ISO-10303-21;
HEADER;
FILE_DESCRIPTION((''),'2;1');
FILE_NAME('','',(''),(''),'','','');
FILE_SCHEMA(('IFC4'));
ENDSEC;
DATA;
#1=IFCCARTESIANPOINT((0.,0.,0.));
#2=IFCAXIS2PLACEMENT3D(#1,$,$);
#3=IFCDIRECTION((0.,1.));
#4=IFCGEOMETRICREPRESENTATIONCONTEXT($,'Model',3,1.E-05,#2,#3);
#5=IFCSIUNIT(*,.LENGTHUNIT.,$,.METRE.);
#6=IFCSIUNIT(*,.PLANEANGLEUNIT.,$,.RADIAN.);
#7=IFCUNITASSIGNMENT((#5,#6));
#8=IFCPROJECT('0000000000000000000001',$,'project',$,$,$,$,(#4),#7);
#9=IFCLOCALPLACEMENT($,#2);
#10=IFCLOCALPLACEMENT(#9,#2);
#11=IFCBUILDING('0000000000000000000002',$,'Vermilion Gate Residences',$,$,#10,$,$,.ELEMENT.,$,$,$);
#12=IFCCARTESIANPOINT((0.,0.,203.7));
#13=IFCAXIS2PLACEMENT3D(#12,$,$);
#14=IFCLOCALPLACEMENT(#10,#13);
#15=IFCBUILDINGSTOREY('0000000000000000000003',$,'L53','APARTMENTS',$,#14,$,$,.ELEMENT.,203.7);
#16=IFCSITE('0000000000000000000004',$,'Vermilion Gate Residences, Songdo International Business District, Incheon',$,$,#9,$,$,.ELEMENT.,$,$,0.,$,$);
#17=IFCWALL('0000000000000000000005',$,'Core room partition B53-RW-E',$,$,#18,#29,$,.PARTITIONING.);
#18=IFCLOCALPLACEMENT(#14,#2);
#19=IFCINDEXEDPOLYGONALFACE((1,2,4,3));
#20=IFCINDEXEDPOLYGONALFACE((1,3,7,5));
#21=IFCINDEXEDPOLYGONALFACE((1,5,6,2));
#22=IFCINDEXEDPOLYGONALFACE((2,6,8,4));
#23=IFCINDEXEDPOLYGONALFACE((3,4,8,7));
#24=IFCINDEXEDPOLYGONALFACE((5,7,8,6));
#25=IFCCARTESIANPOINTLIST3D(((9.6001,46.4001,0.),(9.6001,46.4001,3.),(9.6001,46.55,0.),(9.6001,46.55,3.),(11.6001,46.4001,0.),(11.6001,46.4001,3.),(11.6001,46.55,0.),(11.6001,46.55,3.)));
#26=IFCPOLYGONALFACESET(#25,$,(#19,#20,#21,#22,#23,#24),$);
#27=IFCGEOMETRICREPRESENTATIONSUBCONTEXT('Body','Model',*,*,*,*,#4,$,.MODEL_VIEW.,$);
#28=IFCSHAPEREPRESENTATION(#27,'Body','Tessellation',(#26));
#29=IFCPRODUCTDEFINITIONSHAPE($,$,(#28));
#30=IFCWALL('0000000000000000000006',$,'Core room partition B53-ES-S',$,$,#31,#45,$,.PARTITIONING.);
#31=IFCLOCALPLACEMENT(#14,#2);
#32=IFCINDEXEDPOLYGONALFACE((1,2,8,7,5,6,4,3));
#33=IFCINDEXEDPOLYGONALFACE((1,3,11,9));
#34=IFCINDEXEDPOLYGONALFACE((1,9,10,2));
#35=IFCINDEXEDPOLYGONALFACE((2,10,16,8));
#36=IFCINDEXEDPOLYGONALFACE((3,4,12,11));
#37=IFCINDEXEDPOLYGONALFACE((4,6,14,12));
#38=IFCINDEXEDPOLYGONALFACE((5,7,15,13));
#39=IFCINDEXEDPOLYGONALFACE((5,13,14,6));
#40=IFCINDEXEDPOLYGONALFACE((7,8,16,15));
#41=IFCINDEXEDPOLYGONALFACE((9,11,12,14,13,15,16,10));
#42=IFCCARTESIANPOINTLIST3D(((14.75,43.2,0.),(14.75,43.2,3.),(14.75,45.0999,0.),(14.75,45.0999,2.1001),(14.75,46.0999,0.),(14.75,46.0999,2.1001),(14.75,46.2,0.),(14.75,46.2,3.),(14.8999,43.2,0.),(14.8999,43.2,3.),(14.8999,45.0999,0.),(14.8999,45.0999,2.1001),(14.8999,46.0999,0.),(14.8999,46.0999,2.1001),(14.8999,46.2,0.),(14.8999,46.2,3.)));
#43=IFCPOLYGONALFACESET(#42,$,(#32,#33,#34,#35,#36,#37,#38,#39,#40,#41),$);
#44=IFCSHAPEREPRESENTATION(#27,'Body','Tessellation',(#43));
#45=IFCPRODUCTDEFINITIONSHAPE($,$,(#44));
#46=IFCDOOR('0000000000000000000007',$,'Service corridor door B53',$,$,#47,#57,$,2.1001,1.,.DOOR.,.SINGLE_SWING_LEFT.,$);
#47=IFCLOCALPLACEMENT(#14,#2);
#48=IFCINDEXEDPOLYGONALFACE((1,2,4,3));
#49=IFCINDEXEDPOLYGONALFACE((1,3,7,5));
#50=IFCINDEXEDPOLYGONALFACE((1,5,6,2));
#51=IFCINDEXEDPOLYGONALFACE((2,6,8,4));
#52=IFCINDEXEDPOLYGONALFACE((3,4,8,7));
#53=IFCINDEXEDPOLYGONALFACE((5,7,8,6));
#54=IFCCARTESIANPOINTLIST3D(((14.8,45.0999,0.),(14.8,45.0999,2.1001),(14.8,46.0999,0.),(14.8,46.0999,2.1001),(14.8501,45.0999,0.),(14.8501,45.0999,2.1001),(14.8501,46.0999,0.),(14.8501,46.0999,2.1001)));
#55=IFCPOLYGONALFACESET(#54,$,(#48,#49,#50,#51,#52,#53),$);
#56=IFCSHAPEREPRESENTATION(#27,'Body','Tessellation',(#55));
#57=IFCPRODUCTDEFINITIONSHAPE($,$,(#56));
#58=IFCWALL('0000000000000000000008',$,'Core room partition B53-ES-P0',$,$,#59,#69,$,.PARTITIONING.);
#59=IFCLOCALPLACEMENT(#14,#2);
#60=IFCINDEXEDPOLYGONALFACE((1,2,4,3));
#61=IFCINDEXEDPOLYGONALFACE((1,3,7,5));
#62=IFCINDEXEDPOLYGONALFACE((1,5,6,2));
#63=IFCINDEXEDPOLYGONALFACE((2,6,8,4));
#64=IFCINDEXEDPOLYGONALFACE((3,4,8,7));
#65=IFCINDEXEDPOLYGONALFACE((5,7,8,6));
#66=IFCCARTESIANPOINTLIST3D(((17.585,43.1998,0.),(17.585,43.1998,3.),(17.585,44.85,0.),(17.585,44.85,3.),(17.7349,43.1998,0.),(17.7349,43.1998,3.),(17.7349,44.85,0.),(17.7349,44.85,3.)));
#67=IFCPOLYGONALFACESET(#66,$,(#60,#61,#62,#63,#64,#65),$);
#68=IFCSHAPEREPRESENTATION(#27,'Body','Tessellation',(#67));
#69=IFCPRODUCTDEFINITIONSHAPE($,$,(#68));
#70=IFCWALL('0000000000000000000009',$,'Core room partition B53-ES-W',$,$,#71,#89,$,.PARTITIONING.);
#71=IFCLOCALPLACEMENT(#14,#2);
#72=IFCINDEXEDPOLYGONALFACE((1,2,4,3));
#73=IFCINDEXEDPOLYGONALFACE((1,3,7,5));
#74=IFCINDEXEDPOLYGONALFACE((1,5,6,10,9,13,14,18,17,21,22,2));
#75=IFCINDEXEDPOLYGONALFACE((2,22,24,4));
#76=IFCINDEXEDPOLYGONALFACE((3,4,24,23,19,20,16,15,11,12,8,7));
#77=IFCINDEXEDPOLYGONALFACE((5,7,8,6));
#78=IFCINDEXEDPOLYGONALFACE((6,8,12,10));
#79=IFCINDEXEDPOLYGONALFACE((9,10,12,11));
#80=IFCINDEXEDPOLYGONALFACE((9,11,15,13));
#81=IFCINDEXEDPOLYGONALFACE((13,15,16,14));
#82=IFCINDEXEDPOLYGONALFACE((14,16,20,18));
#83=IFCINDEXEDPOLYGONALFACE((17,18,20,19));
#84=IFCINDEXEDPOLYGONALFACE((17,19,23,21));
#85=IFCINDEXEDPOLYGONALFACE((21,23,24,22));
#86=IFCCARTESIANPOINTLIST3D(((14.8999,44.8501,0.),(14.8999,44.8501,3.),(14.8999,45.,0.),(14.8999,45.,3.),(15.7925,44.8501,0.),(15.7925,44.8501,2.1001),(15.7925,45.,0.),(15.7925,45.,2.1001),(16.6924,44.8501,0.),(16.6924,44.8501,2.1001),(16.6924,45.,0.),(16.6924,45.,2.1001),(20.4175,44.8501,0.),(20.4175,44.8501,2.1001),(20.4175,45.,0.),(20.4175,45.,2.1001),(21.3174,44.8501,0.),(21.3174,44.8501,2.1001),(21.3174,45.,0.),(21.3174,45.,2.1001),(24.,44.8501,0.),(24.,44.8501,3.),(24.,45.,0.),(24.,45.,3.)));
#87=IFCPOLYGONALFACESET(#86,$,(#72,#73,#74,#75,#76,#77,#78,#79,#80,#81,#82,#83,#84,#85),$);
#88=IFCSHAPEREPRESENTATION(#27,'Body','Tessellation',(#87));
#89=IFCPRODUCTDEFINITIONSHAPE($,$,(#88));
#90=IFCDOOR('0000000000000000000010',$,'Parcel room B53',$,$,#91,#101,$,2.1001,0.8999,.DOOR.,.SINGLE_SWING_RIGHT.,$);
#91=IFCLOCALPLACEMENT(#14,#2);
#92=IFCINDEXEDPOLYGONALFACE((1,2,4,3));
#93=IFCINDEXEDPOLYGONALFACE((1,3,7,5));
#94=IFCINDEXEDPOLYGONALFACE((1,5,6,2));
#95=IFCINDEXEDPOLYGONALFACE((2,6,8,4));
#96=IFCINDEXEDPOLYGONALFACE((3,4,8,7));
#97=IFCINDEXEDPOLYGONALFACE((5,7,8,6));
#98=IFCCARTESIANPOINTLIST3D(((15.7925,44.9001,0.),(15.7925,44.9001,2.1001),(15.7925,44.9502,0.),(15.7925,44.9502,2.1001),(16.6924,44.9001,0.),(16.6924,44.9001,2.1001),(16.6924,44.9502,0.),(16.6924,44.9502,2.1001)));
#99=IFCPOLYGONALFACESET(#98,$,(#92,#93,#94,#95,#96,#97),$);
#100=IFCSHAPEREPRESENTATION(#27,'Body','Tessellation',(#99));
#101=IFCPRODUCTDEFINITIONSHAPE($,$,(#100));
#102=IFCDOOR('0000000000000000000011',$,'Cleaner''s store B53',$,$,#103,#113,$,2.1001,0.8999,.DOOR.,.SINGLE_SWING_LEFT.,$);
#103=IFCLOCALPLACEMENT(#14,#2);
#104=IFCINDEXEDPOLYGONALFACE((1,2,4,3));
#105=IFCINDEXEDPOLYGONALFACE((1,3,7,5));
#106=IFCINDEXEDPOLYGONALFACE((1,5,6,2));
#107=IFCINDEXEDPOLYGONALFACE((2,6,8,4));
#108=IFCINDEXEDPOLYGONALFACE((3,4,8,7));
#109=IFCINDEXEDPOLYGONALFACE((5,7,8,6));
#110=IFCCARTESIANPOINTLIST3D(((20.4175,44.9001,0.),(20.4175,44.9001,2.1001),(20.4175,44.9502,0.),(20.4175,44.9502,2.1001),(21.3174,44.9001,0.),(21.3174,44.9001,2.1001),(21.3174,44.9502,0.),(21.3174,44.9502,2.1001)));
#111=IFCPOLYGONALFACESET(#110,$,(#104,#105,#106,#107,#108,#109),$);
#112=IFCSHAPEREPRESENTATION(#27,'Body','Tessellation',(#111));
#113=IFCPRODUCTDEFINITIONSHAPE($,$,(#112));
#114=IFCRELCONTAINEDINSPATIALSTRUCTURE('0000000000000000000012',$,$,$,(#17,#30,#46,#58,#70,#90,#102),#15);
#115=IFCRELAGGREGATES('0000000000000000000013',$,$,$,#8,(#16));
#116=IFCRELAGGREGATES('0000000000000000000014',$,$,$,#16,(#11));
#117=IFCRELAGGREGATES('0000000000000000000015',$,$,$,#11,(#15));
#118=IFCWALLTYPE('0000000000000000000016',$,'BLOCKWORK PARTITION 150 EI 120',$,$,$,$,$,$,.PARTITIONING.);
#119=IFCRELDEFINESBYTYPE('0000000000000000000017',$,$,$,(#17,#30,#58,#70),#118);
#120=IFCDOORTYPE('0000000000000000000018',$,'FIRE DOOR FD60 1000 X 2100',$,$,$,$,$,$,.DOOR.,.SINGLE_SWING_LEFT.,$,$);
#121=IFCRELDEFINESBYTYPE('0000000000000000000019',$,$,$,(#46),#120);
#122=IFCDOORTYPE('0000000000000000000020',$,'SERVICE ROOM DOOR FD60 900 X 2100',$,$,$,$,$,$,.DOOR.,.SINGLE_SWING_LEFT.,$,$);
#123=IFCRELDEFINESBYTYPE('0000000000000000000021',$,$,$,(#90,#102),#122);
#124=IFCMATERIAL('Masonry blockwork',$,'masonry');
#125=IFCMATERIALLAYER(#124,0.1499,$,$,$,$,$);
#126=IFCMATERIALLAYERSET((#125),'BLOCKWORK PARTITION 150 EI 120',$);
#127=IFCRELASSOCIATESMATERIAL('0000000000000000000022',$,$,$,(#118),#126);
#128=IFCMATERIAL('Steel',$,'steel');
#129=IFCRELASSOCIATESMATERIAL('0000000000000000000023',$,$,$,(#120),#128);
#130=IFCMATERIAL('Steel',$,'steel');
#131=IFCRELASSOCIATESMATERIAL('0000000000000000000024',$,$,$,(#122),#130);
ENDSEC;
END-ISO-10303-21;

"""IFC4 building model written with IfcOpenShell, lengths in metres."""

from ifc_helpers import new_model, si_unit, direction, frame, frame_2d, origin, place, context, subcontext, project, spatial, rectangle, extrude, material, layer, layer_set, type_object, element, fill, save


model = new_model("IFC4")

# Units and contexts
model_context = context("Model", 3, precision=1e-05, world=origin(), true_north=direction((0.0, 1.0)))
body_context = subcontext(model_context, "Body", "Model", "MODEL_VIEW")
ifc_project = project(units=[si_unit("LENGTHUNIT", "METRE"), si_unit("PLANEANGLEUNIT", "RADIAN")], contexts=[model_context])

# Site, building, storey
site_placement = place(None, origin())
site = spatial("IfcSite", under=ifc_project, at=site_placement, Name="Vermilion Gate Residences, Songdo International Business District, Incheon", CompositionType="ELEMENT", RefElevation=0.0)
building_placement = place(site_placement, origin())
building = spatial("IfcBuilding", under=site, at=building_placement, Name="Vermilion Gate Residences", CompositionType="ELEMENT")
storey_placement = place(building_placement, frame((0.0, 0.0, 203.7)))
storey = spatial("IfcBuildingStorey", under=building, at=storey_placement, Name="L53", Description="APARTMENTS", CompositionType="ELEMENT", Elevation=203.7)

# Wall
ifc_material_1 = material(Name="Masonry blockwork", Category="masonry")
ifc_layer_1 = layer(ifc_material_1, 0.1499)
ifc_layer_set_1 = layer_set([ifc_layer_1], Name="BLOCKWORK PARTITION 150 EI 120")
wall_type_1 = type_object("IfcWallType", Name="BLOCKWORK PARTITION 150 EI 120", PredefinedType="PARTITIONING", material=ifc_layer_set_1)
wall_1_placement = place(storey_placement, frame((9.6001, 46.4751, 0.0), z_axis=(0.0, 0.0, 1.0), x_axis=(1.0, 0.0, 0.0)))
element("IfcWall", 1, at=wall_1_placement, inside=storey, type_object=wall_type_1, Name="Core room partition B53-RW-E", PredefinedType="PARTITIONING", context=body_context, shape_type="SweptSolid", body=[
    extrude(rectangle(XDim=2.0, YDim=0.1499, at=frame_2d((1.0, 0.0))), origin(), (0.0, 0.0, 1.0), 3.0),
])

# Wall, opening, door
wall_2_placement = place(storey_placement, frame((14.825, 46.2, 0.0), z_axis=(0.0, 0.0, 1.0), x_axis=(0.0, -1.0, 0.0)))
wall_2 = element("IfcWall", 2, at=wall_2_placement, inside=storey, type_object=wall_type_1, Name="Core room partition B53-ES-S", PredefinedType="PARTITIONING", context=body_context, shape_type="SweptSolid", body=[
    extrude(rectangle(XDim=3.0, YDim=0.1499, at=frame_2d((1.5, 0.0))), origin(), (0.0, 0.0, 1.0), 3.0),
])
opening_1_placement = place(wall_2_placement, frame((0.1001, 0.0, 0.0)))
opening_1 = element("IfcOpeningElement", 3, at=opening_1_placement, cuts=wall_2, PredefinedType="OPENING", context=body_context, shape_type="SweptSolid", body=[
    extrude(rectangle(XDim=1.0, YDim=2.1001, at=frame_2d((0.5, 1.05))), frame((0.0, 0.085, 0.0), z_axis=(0.0, -1.0, 0.0), x_axis=(1.0, 0.0, 0.0)), (0.0, 0.0, 1.0), 0.1699),
])
ifc_material_2 = material(Name="Steel", Category="steel")
door_type_1 = type_object("IfcDoorType", Name="FIRE DOOR FD60 1000 X 2100", OperationType="SINGLE_SWING_LEFT", PredefinedType="DOOR", material=ifc_material_2)
door_1_placement = place(opening_1_placement, frame((1.0, 0.0, 0.0), z_axis=(0.0, 0.0, 1.0), x_axis=(-1.0, 0.0, 0.0)))
door_1 = element("IfcDoor", 4, at=door_1_placement, inside=storey, type_object=door_type_1, Name="Service corridor door B53", OperationType="SINGLE_SWING_LEFT", OverallHeight=2.1001, OverallWidth=1.0, PredefinedType="DOOR", context=body_context, shape_type="SweptSolid", body=[
    extrude(rectangle(XDim=1.0, YDim=2.1001, at=frame_2d((0.5, 1.05))), frame((0.0, 0.0249, 0.0), z_axis=(0.0, -1.0, 0.0), x_axis=(1.0, 0.0, 0.0)), (0.0, 0.0, 1.0), 0.05),
])
fill(opening_1, door_1)

# Wall
wall_3_placement = place(storey_placement, frame((17.6599, 44.8501, 0.0), z_axis=(0.0, 0.0, 1.0), x_axis=(0.0, -1.0, 0.0)))
element("IfcWall", 5, at=wall_3_placement, inside=storey, type_object=wall_type_1, Name="Core room partition B53-ES-P0", PredefinedType="PARTITIONING", context=body_context, shape_type="SweptSolid", body=[
    extrude(rectangle(XDim=1.6501, YDim=0.1499, at=frame_2d((0.8252, 0.0))), origin(), (0.0, 0.0, 1.0), 3.0),
])

# Wall, openings, doors
wall_4_placement = place(storey_placement, frame((14.8999, 44.925, 0.0), z_axis=(0.0, 0.0, 1.0), x_axis=(1.0, 0.0, 0.0)))
wall_4 = element("IfcWall", 6, at=wall_4_placement, inside=storey, type_object=wall_type_1, Name="Core room partition B53-ES-W", PredefinedType="PARTITIONING", context=body_context, shape_type="SweptSolid", body=[
    extrude(rectangle(XDim=9.1001, YDim=0.1499, at=frame_2d((4.55, 0.0))), origin(), (0.0, 0.0, 1.0), 3.0),
])
opening_2_placement = place(wall_4_placement, frame((0.8926, 0.0, 0.0)))
opening_2 = element("IfcOpeningElement", 7, at=opening_2_placement, cuts=wall_4, PredefinedType="OPENING", context=body_context, shape_type="SweptSolid", body=[
    extrude(rectangle(XDim=0.8999, YDim=2.1001, at=frame_2d((0.45, 1.05))), frame((0.0, 0.085, 0.0), z_axis=(0.0, -1.0, 0.0), x_axis=(1.0, 0.0, 0.0)), (0.0, 0.0, 1.0), 0.1699),
])
opening_3_placement = place(wall_4_placement, frame((5.5176, 0.0, 0.0)))
opening_3 = element("IfcOpeningElement", 8, at=opening_3_placement, cuts=wall_4, PredefinedType="OPENING", context=body_context, shape_type="SweptSolid", body=[
    extrude(rectangle(XDim=0.8999, YDim=2.1001, at=frame_2d((0.45, 1.05))), frame((0.0, 0.085, 0.0), z_axis=(0.0, -1.0, 0.0), x_axis=(1.0, 0.0, 0.0)), (0.0, 0.0, 1.0), 0.1699),
])
ifc_material_3 = material(Name="Steel", Category="steel")
door_type_2 = type_object("IfcDoorType", Name="SERVICE ROOM DOOR FD60 900 X 2100", OperationType="SINGLE_SWING_LEFT", PredefinedType="DOOR", material=ifc_material_3)
door_2_placement = place(opening_2_placement, frame((0.8999, 0.0, 0.0), z_axis=(0.0, 0.0, 1.0), x_axis=(-1.0, 0.0, 0.0)))
door_2 = element("IfcDoor", 9, at=door_2_placement, inside=storey, type_object=door_type_2, Name="Parcel room B53", OperationType="SINGLE_SWING_RIGHT", OverallHeight=2.1001, OverallWidth=0.8999, PredefinedType="DOOR", context=body_context, shape_type="SweptSolid", body=[
    extrude(rectangle(XDim=0.8999, YDim=2.1001, at=frame_2d((0.45, 1.05))), frame((0.0, 0.0249, 0.0), z_axis=(0.0, -1.0, 0.0), x_axis=(1.0, 0.0, 0.0)), (0.0, 0.0, 1.0), 0.05),
])
fill(opening_2, door_2)
door_3_placement = place(opening_3_placement, frame((0.8999, 0.0, 0.0), z_axis=(0.0, 0.0, 1.0), x_axis=(-1.0, 0.0, 0.0)))
door_3 = element("IfcDoor", 10, at=door_3_placement, inside=storey, type_object=door_type_2, Name="Cleaner's store B53", OperationType="SINGLE_SWING_LEFT", OverallHeight=2.1001, OverallWidth=0.8999, PredefinedType="DOOR", context=body_context, shape_type="SweptSolid", body=[
    extrude(rectangle(XDim=0.8999, YDim=2.1001, at=frame_2d((0.45, 1.05))), frame((0.0, 0.0249, 0.0), z_axis=(0.0, -1.0, 0.0), x_axis=(1.0, 0.0, 0.0)), (0.0, 0.0, 1.0), 0.05),
])
fill(opening_3, door_3)

save(model, "model.ifc")
